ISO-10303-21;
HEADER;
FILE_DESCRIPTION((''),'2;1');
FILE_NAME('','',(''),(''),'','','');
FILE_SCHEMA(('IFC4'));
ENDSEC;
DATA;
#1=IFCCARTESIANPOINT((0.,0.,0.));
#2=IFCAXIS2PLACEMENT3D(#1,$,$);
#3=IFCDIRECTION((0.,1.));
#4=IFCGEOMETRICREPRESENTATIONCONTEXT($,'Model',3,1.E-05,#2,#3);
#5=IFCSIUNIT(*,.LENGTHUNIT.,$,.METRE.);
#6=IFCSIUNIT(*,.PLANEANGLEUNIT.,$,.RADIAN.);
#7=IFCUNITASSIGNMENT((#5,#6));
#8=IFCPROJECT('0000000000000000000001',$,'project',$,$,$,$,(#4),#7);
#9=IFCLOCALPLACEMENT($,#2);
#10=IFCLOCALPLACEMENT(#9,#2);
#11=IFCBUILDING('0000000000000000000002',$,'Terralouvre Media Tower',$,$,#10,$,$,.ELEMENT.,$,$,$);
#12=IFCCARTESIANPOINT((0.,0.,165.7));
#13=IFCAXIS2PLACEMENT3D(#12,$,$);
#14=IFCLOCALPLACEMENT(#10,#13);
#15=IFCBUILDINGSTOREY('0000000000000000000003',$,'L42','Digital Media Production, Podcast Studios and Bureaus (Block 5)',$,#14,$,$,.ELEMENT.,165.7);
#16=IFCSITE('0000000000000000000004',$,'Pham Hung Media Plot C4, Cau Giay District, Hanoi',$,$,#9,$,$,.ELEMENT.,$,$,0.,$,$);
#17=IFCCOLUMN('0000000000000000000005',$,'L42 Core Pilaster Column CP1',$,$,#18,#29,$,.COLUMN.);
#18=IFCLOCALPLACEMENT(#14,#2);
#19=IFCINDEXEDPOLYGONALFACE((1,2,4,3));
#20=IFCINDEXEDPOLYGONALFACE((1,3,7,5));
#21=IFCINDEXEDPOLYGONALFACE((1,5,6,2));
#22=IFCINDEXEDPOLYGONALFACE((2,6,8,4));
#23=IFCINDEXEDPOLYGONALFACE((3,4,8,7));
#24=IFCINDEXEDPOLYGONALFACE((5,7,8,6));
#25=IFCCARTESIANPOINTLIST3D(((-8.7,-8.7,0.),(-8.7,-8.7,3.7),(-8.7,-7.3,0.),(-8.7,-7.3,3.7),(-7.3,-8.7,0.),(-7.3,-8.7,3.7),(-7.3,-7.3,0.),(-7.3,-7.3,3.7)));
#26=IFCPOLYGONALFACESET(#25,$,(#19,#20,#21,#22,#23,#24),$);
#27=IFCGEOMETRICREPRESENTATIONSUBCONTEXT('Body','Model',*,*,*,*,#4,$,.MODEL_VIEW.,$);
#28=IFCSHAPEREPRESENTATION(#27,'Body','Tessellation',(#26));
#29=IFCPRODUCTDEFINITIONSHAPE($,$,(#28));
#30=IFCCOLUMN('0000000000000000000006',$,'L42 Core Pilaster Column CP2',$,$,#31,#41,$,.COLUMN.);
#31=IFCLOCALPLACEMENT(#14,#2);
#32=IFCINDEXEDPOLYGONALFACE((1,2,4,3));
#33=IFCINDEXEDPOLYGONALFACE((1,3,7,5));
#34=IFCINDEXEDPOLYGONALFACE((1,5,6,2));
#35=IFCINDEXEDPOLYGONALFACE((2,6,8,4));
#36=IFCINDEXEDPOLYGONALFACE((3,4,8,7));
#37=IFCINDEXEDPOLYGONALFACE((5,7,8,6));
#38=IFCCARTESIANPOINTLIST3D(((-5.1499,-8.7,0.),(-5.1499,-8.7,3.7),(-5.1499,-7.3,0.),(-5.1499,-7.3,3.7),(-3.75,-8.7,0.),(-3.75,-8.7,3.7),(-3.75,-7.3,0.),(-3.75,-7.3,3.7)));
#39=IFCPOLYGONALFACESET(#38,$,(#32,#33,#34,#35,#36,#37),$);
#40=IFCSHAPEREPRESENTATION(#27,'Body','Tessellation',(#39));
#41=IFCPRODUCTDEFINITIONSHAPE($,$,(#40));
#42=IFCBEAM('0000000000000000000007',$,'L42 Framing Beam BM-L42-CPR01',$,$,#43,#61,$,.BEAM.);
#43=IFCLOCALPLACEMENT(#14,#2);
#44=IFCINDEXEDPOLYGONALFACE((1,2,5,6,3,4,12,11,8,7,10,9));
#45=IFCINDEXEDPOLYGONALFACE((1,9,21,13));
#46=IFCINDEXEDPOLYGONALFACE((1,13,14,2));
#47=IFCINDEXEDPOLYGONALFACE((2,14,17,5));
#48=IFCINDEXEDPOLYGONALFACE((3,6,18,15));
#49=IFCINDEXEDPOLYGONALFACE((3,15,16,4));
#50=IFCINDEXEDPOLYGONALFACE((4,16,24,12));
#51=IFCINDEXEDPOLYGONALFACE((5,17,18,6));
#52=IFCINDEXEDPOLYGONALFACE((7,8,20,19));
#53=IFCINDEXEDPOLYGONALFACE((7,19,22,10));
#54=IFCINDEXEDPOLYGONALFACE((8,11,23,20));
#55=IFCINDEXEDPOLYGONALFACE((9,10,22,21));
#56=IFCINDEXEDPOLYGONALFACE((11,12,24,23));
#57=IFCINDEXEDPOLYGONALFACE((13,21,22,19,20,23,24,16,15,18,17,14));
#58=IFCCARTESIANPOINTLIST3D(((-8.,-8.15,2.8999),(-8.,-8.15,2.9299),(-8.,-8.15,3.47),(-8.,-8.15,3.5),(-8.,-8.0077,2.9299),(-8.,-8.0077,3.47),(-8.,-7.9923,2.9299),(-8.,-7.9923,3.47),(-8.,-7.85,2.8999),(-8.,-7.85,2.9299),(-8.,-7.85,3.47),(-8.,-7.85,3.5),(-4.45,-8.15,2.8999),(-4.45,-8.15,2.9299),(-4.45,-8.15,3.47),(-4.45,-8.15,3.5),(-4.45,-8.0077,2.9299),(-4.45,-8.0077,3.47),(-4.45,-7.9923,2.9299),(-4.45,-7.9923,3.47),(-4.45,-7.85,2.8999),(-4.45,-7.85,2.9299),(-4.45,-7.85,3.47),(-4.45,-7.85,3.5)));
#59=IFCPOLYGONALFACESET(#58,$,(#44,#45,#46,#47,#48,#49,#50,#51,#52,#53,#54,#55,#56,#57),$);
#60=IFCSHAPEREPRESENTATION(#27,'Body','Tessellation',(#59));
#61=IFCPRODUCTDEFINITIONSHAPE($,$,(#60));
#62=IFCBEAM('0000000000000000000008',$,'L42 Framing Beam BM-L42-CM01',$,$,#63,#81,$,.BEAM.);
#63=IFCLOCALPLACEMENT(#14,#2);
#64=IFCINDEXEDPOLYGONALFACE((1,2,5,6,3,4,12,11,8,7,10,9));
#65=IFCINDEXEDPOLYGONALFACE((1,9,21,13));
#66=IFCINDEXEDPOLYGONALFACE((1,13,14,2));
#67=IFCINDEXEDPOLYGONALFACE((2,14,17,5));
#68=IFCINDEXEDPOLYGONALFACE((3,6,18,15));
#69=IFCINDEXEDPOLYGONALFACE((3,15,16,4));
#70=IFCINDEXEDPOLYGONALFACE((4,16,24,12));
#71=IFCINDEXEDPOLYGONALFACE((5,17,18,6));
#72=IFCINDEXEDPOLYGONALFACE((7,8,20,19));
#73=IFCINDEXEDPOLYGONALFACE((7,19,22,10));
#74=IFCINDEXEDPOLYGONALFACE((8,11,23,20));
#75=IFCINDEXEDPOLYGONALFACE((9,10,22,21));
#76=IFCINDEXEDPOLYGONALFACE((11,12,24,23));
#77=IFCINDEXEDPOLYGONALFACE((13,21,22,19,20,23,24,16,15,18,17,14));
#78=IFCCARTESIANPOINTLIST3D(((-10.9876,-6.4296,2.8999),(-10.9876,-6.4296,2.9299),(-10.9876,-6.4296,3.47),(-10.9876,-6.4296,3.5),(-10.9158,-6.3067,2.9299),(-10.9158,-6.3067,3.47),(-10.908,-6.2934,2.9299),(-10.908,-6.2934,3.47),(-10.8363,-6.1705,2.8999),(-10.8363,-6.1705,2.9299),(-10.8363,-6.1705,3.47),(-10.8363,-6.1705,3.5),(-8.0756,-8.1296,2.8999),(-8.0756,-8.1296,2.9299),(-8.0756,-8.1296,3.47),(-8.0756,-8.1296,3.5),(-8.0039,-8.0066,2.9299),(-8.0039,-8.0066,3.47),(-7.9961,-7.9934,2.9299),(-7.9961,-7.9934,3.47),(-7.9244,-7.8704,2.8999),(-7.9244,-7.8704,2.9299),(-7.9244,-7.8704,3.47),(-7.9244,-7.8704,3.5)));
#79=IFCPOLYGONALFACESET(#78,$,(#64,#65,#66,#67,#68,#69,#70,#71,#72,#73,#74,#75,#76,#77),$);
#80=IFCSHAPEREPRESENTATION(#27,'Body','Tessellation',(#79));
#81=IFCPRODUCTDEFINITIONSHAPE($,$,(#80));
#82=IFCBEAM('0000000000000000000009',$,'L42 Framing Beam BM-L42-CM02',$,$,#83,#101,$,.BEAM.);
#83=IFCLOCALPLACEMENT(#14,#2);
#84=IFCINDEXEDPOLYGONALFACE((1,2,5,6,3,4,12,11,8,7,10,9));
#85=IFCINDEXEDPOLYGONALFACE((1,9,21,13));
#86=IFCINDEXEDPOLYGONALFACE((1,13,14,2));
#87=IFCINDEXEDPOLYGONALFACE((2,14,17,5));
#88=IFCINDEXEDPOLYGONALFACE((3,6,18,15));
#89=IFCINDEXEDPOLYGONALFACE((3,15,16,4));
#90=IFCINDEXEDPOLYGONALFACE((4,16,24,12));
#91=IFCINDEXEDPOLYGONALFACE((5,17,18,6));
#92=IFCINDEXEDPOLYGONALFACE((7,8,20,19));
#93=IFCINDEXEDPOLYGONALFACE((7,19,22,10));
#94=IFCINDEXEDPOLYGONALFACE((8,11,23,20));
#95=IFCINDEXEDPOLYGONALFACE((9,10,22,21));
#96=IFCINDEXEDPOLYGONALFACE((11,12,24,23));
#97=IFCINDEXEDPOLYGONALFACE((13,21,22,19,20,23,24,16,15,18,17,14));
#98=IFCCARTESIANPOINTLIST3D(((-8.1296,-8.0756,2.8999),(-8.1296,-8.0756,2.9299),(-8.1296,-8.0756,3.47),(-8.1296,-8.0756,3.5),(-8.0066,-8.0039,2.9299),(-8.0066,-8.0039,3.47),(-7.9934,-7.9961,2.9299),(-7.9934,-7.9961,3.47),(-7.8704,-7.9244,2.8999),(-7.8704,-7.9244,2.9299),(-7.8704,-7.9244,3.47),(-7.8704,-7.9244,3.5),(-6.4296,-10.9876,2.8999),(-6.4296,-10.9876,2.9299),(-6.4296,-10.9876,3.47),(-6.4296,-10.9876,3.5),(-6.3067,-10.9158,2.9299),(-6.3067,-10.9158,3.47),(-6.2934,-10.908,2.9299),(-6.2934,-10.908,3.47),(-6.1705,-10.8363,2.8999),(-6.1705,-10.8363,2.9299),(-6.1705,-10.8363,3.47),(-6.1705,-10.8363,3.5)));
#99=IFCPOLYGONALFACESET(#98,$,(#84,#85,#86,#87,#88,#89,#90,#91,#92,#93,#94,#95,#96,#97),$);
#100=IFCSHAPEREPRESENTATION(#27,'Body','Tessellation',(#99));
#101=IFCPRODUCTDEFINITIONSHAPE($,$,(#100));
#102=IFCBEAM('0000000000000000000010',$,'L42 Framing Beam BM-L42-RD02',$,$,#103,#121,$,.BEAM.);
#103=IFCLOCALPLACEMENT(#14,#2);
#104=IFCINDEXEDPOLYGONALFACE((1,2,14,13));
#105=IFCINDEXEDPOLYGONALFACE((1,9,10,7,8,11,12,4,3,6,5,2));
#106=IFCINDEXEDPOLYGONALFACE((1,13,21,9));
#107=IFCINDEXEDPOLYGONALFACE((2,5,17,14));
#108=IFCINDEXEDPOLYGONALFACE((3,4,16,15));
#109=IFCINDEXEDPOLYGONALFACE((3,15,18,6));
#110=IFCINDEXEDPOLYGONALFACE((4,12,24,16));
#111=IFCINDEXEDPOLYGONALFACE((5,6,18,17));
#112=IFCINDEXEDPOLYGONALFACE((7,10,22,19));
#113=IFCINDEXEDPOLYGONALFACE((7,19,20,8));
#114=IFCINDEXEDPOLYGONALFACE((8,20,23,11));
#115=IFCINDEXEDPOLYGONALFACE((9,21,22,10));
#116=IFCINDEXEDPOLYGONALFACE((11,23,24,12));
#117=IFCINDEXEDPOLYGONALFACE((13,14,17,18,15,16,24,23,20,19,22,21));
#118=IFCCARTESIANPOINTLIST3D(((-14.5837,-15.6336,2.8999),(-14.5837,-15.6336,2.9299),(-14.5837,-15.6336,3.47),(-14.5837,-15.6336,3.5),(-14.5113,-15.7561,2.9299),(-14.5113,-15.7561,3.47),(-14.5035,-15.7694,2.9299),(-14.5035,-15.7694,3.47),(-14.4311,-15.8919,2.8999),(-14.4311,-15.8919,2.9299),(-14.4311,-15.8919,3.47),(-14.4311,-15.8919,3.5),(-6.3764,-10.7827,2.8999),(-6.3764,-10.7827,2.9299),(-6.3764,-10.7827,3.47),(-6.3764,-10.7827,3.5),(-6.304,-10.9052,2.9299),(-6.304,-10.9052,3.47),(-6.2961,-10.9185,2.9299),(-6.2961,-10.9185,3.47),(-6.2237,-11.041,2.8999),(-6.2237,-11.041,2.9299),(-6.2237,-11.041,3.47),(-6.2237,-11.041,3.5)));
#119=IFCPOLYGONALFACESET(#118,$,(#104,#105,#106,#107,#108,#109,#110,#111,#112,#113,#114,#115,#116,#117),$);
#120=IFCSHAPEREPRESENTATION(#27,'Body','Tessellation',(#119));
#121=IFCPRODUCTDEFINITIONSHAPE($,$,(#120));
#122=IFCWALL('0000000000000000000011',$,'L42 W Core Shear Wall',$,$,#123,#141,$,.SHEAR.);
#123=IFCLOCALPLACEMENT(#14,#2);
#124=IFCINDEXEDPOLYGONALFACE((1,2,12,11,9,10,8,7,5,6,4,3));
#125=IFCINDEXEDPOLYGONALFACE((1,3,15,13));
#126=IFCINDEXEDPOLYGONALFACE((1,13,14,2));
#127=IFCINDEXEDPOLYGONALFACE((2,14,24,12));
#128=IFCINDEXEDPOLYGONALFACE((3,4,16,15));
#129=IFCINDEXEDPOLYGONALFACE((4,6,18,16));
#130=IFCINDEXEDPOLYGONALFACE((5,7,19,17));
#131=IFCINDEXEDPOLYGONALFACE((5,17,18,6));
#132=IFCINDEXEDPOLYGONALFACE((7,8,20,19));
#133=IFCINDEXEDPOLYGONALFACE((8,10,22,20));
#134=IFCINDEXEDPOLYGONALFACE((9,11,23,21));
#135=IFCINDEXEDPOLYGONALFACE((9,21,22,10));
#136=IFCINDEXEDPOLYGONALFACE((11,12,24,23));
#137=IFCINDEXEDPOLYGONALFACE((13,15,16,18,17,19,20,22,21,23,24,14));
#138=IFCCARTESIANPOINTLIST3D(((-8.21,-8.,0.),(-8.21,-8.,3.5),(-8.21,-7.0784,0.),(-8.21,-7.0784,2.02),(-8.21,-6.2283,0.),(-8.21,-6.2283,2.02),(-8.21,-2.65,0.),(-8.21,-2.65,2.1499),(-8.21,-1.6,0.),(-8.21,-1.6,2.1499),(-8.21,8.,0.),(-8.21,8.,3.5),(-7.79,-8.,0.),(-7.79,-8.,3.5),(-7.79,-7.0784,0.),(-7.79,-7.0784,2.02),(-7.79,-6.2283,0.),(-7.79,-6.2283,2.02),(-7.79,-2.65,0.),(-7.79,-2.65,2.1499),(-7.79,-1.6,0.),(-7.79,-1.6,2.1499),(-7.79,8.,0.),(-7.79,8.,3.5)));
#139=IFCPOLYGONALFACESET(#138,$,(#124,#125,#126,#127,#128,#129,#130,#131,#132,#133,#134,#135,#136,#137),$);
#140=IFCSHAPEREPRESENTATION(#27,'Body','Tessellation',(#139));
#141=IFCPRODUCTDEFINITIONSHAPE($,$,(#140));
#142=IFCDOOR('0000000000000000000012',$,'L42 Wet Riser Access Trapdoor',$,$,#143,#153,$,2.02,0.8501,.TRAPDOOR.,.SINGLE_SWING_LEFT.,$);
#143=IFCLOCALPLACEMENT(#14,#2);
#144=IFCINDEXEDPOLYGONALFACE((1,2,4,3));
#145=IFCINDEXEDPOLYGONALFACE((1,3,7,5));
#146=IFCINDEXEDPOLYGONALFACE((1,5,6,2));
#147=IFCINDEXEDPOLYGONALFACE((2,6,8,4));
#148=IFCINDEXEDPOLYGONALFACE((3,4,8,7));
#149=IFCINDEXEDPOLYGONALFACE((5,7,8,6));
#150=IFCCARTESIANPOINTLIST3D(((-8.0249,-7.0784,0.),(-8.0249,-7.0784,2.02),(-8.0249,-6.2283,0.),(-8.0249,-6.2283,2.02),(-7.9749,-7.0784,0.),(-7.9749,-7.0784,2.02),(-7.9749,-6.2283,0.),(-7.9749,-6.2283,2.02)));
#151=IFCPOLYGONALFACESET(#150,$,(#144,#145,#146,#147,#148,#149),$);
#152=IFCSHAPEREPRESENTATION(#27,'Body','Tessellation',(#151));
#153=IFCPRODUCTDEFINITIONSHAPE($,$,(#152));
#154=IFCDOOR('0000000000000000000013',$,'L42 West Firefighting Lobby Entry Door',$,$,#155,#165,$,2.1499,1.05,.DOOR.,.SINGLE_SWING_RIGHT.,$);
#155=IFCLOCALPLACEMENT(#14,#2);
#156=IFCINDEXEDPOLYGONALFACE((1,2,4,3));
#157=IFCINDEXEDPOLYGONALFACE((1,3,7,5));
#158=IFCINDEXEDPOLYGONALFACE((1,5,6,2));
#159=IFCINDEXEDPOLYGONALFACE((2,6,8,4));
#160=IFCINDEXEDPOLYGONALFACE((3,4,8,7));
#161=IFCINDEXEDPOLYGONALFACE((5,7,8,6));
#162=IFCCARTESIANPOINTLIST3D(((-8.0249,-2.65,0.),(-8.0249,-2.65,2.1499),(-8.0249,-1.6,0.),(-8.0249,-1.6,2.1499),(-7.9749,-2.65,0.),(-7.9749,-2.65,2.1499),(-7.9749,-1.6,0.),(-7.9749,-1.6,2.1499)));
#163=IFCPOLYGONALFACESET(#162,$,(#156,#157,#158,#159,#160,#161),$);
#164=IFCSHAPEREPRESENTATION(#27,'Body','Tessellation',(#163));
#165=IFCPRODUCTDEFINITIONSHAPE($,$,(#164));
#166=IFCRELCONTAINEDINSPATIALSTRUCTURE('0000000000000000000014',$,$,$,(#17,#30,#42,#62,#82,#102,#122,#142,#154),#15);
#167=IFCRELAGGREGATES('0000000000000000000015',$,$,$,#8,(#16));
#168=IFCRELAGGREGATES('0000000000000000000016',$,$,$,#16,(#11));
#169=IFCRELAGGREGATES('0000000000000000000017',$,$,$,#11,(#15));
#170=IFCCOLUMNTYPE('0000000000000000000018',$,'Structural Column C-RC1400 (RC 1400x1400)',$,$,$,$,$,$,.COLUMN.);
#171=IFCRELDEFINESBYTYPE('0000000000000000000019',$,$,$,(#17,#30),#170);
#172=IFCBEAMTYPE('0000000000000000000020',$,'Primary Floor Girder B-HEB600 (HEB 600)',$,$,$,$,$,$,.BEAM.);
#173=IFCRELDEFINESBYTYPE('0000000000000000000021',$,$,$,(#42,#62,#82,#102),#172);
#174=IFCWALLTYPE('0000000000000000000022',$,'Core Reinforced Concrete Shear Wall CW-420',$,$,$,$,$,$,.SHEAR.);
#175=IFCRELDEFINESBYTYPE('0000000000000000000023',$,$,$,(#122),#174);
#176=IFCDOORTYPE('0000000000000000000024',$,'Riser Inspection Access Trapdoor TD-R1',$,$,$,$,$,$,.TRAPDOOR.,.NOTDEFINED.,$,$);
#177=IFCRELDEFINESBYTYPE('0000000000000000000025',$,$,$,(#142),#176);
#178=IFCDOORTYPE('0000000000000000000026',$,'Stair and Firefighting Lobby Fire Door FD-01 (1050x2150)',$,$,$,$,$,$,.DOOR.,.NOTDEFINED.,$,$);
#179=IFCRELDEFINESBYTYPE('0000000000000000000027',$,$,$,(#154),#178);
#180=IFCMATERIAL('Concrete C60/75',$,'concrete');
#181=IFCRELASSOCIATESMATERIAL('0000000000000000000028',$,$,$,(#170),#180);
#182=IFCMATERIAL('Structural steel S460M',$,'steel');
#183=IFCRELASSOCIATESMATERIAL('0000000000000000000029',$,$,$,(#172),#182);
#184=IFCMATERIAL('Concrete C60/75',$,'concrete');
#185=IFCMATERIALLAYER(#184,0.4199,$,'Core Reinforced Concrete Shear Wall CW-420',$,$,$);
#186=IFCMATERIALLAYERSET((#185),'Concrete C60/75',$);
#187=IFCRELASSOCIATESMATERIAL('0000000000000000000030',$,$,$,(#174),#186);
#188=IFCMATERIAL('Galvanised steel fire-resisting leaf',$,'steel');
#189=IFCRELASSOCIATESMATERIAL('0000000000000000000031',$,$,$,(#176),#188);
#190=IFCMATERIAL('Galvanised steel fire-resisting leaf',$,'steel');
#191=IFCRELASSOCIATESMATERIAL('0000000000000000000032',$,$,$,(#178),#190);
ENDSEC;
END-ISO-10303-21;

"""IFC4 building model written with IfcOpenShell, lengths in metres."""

from ifc_helpers import new_model, si_unit, direction, frame, frame_2d, origin, origin_2d, place, context, subcontext, project, spatial, rectangle, i_section, extrude, material, layer, layer_set, material_profile, profile_set, type_object, element, fill, save


model = new_model("IFC4")

# Units and contexts
model_context = context("Model", 3, precision=1e-05, world=origin(), true_north=direction((0.0, 1.0)))
body_context = subcontext(model_context, "Body", "Model", "MODEL_VIEW")
ifc_project = project(units=[si_unit("LENGTHUNIT", "METRE"), si_unit("PLANEANGLEUNIT", "RADIAN")], contexts=[model_context])

# Site, building, storey
site_placement = place(None, origin())
site = spatial("IfcSite", under=ifc_project, at=site_placement, Name="Pham Hung Media Plot C4, Cau Giay District, Hanoi", CompositionType="ELEMENT", RefElevation=0.0)
building_placement = place(site_placement, origin())
building = spatial("IfcBuilding", under=site, at=building_placement, Name="Terralouvre Media Tower", CompositionType="ELEMENT")
storey_placement = place(building_placement, frame((0.0, 0.0, 165.7)))
storey = spatial("IfcBuildingStorey", under=building, at=storey_placement, Name="L42", Description="Digital Media Production, Podcast Studios and Bureaus (Block 5)", CompositionType="ELEMENT", Elevation=165.7)

# Columns
ifc_material_1 = material(Name="Concrete C60/75", Category="concrete")
ifc_material_profile_1 = material_profile(ifc_material_1, rectangle(XDim=1.3999, YDim=1.3999, at=origin_2d()), Name="RC 1400x1400")
ifc_profile_set_1 = profile_set([ifc_material_profile_1], Name="Concrete C60/75")
column_type = type_object("IfcColumnType", Name="Structural Column C-RC1400 (RC 1400x1400)", PredefinedType="COLUMN", material=ifc_profile_set_1)
for number, where, z_axis, x_axis, name in (
    (1, (-8.0, -8.0, 0.0), (0.0, 0.0, 1.0), (1.0, 0.0, 0.0), "L42 Core Pilaster Column CP1"),
    (2, (-4.45, -8.0, 0.0), (0.0, 0.0, 1.0), (1.0, 0.0, 0.0), "L42 Core Pilaster Column CP2"),
):
    element("IfcColumn", number, at=place(storey_placement, frame(where, z_axis=z_axis, x_axis=x_axis)), inside=storey, type_object=column_type, Name=name, PredefinedType="COLUMN", context=body_context, shape_type="SweptSolid", body=[
        extrude(rectangle(XDim=1.3999, YDim=1.3999, at=origin_2d()), origin(), (0.0, 0.0, 1.0), 3.7),
    ])

# Beams
ifc_material_2 = material(Name="Structural steel S460M", Category="steel")
ifc_material_profile_2 = material_profile(ifc_material_2, i_section(OverallWidth=0.3, OverallDepth=0.6001, WebThickness=0.0154, FlangeThickness=0.03, at=origin_2d()), Name="HEB 600")
ifc_profile_set_2 = profile_set([ifc_material_profile_2], Name="Structural steel S460M")
beam_type = type_object("IfcBeamType", Name="Primary Floor Girder B-HEB600 (HEB 600)", PredefinedType="BEAM", material=ifc_profile_set_2)
beam_1_placement = place(storey_placement, frame((-8.0, -8.0, 3.2), z_axis=(1.0, 0.0, 0.0), x_axis=(0.0, 1.0, 0.0)))
element("IfcBeam", 3, at=beam_1_placement, inside=storey, type_object=beam_type, Name="L42 Framing Beam BM-L42-CPR01", PredefinedType="BEAM", context=body_context, shape_type="SweptSolid", body=[
    extrude(i_section(OverallWidth=0.3, OverallDepth=0.6001, WebThickness=0.0154, FlangeThickness=0.03, at=origin_2d()), origin(), (0.0, 0.0, 1.0), 3.55),
])
for number, where, z_axis, x_axis, name in (
    (4, (-8.0, -8.0, 3.2), (-0.863603, 0.504173, 0.0), (-0.504173, -0.863603, 0.0), "L42 Framing Beam BM-L42-CM01"),
    (5, (-8.0, -8.0, 3.2), (0.504173, -0.863603, 0.0), (0.863603, 0.504173, 0.0), "L42 Framing Beam BM-L42-CM02"),
):
    element("IfcBeam", number, at=place(storey_placement, frame(where, z_axis=z_axis, x_axis=x_axis)), inside=storey, type_object=beam_type, Name=name, PredefinedType="BEAM", context=body_context, shape_type="SweptSolid", body=[
        extrude(i_section(OverallWidth=0.3, OverallDepth=0.6001, WebThickness=0.0154, FlangeThickness=0.03, at=origin_2d()), origin(), (0.0, 0.0, 1.0), 3.3718),
    ])
beam_2_placement = place(storey_placement, frame((-6.3, -10.9119, 3.2), z_axis=(-0.860877, -0.508813, 0.0), x_axis=(0.508813, -0.860877, 0.0)))
element("IfcBeam", 6, at=beam_2_placement, inside=storey, type_object=beam_type, Name="L42 Framing Beam BM-L42-RD02", PredefinedType="BEAM", context=body_context, shape_type="SweptSolid", body=[
    extrude(i_section(OverallWidth=0.3, OverallDepth=0.6001, WebThickness=0.0154, FlangeThickness=0.03, at=origin_2d()), origin(), (0.0, 0.0, 1.0), 9.5337),
])

# Wall, openings, doors
ifc_material_3 = material(Name="Concrete C60/75", Category="concrete")
ifc_layer_1 = layer(ifc_material_3, 0.4199, Name="Core Reinforced Concrete Shear Wall CW-420")
ifc_layer_set_1 = layer_set([ifc_layer_1], Name="Concrete C60/75")
wall_type_1 = type_object("IfcWallType", Name="Core Reinforced Concrete Shear Wall CW-420", PredefinedType="SHEAR", material=ifc_layer_set_1)
wall_1_placement = place(storey_placement, frame((-8.0, -8.0, 0.0), z_axis=(0.0, 0.0, 1.0), x_axis=(0.0, 1.0, 0.0)))
wall_1 = element("IfcWall", 7, at=wall_1_placement, inside=storey, type_object=wall_type_1, Name="L42 W Core Shear Wall", PredefinedType="SHEAR", context=body_context, shape_type="SweptSolid", body=[
    extrude(rectangle(XDim=16.0, YDim=0.4199, at=frame_2d((8.0, 0.0))), origin(), (0.0, 0.0, 1.0), 3.5),
])
opening_1_placement = place(wall_1_placement, frame((0.9216, 0.0, 0.0)))
opening_1 = element("IfcOpeningElement", 8, at=opening_1_placement, cuts=wall_1, PredefinedType="OPENING", context=body_context, shape_type="SweptSolid", body=[
    extrude(rectangle(XDim=0.8501, YDim=2.02, at=frame_2d((0.425, 1.01))), frame((0.0, 0.22, 0.0), z_axis=(0.0, -1.0, 0.0), x_axis=(1.0, 0.0, 0.0)), (0.0, 0.0, 1.0), 0.4399),
])
opening_2_placement = place(wall_1_placement, frame((5.3501, 0.0, 0.0)))
opening_2 = element("IfcOpeningElement", 9, at=opening_2_placement, cuts=wall_1, PredefinedType="OPENING", context=body_context, shape_type="SweptSolid", body=[
    extrude(rectangle(XDim=1.05, YDim=2.1499, at=frame_2d((0.5249, 1.075))), frame((0.0, 0.22, 0.0), z_axis=(0.0, -1.0, 0.0), x_axis=(1.0, 0.0, 0.0)), (0.0, 0.0, 1.0), 0.4399),
])
ifc_material_4 = material(Name="Galvanised steel fire-resisting leaf", Category="steel")
door_type_1 = type_object("IfcDoorType", Name="Riser Inspection Access Trapdoor TD-R1", OperationType="NOTDEFINED", PredefinedType="TRAPDOOR", material=ifc_material_4)
door_1_placement = place(opening_1_placement, origin())
door_1 = element("IfcDoor", 10, at=door_1_placement, inside=storey, type_object=door_type_1, Name="L42 Wet Riser Access Trapdoor", OperationType="SINGLE_SWING_LEFT", OverallHeight=2.02, OverallWidth=0.8501, PredefinedType="TRAPDOOR", context=body_context, shape_type="SweptSolid", body=[
    extrude(rectangle(XDim=0.8501, YDim=2.02, at=frame_2d((0.425, 1.01))), frame((0.0, 0.0249, 0.0), z_axis=(0.0, -1.0, 0.0), x_axis=(1.0, 0.0, 0.0)), (0.0, 0.0, 1.0), 0.05),
])
fill(opening_1, door_1)
ifc_material_5 = material(Name="Galvanised steel fire-resisting leaf", Category="steel")
door_type_2 = type_object("IfcDoorType", Name="Stair and Firefighting Lobby Fire Door FD-01 (1050x2150)", OperationType="NOTDEFINED", PredefinedType="DOOR", material=ifc_material_5)
door_2_placement = place(opening_2_placement, origin())
door_2 = element("IfcDoor", 11, at=door_2_placement, inside=storey, type_object=door_type_2, Name="L42 West Firefighting Lobby Entry Door", OperationType="SINGLE_SWING_RIGHT", OverallHeight=2.1499, OverallWidth=1.05, PredefinedType="DOOR", context=body_context, shape_type="SweptSolid", body=[
    extrude(rectangle(XDim=1.05, YDim=2.1499, at=frame_2d((0.5249, 1.075))), frame((0.0, 0.0249, 0.0), z_axis=(0.0, -1.0, 0.0), x_axis=(1.0, 0.0, 0.0)), (0.0, 0.0, 1.0), 0.05),
])
fill(opening_2, door_2)

save(model, "model.ifc")
